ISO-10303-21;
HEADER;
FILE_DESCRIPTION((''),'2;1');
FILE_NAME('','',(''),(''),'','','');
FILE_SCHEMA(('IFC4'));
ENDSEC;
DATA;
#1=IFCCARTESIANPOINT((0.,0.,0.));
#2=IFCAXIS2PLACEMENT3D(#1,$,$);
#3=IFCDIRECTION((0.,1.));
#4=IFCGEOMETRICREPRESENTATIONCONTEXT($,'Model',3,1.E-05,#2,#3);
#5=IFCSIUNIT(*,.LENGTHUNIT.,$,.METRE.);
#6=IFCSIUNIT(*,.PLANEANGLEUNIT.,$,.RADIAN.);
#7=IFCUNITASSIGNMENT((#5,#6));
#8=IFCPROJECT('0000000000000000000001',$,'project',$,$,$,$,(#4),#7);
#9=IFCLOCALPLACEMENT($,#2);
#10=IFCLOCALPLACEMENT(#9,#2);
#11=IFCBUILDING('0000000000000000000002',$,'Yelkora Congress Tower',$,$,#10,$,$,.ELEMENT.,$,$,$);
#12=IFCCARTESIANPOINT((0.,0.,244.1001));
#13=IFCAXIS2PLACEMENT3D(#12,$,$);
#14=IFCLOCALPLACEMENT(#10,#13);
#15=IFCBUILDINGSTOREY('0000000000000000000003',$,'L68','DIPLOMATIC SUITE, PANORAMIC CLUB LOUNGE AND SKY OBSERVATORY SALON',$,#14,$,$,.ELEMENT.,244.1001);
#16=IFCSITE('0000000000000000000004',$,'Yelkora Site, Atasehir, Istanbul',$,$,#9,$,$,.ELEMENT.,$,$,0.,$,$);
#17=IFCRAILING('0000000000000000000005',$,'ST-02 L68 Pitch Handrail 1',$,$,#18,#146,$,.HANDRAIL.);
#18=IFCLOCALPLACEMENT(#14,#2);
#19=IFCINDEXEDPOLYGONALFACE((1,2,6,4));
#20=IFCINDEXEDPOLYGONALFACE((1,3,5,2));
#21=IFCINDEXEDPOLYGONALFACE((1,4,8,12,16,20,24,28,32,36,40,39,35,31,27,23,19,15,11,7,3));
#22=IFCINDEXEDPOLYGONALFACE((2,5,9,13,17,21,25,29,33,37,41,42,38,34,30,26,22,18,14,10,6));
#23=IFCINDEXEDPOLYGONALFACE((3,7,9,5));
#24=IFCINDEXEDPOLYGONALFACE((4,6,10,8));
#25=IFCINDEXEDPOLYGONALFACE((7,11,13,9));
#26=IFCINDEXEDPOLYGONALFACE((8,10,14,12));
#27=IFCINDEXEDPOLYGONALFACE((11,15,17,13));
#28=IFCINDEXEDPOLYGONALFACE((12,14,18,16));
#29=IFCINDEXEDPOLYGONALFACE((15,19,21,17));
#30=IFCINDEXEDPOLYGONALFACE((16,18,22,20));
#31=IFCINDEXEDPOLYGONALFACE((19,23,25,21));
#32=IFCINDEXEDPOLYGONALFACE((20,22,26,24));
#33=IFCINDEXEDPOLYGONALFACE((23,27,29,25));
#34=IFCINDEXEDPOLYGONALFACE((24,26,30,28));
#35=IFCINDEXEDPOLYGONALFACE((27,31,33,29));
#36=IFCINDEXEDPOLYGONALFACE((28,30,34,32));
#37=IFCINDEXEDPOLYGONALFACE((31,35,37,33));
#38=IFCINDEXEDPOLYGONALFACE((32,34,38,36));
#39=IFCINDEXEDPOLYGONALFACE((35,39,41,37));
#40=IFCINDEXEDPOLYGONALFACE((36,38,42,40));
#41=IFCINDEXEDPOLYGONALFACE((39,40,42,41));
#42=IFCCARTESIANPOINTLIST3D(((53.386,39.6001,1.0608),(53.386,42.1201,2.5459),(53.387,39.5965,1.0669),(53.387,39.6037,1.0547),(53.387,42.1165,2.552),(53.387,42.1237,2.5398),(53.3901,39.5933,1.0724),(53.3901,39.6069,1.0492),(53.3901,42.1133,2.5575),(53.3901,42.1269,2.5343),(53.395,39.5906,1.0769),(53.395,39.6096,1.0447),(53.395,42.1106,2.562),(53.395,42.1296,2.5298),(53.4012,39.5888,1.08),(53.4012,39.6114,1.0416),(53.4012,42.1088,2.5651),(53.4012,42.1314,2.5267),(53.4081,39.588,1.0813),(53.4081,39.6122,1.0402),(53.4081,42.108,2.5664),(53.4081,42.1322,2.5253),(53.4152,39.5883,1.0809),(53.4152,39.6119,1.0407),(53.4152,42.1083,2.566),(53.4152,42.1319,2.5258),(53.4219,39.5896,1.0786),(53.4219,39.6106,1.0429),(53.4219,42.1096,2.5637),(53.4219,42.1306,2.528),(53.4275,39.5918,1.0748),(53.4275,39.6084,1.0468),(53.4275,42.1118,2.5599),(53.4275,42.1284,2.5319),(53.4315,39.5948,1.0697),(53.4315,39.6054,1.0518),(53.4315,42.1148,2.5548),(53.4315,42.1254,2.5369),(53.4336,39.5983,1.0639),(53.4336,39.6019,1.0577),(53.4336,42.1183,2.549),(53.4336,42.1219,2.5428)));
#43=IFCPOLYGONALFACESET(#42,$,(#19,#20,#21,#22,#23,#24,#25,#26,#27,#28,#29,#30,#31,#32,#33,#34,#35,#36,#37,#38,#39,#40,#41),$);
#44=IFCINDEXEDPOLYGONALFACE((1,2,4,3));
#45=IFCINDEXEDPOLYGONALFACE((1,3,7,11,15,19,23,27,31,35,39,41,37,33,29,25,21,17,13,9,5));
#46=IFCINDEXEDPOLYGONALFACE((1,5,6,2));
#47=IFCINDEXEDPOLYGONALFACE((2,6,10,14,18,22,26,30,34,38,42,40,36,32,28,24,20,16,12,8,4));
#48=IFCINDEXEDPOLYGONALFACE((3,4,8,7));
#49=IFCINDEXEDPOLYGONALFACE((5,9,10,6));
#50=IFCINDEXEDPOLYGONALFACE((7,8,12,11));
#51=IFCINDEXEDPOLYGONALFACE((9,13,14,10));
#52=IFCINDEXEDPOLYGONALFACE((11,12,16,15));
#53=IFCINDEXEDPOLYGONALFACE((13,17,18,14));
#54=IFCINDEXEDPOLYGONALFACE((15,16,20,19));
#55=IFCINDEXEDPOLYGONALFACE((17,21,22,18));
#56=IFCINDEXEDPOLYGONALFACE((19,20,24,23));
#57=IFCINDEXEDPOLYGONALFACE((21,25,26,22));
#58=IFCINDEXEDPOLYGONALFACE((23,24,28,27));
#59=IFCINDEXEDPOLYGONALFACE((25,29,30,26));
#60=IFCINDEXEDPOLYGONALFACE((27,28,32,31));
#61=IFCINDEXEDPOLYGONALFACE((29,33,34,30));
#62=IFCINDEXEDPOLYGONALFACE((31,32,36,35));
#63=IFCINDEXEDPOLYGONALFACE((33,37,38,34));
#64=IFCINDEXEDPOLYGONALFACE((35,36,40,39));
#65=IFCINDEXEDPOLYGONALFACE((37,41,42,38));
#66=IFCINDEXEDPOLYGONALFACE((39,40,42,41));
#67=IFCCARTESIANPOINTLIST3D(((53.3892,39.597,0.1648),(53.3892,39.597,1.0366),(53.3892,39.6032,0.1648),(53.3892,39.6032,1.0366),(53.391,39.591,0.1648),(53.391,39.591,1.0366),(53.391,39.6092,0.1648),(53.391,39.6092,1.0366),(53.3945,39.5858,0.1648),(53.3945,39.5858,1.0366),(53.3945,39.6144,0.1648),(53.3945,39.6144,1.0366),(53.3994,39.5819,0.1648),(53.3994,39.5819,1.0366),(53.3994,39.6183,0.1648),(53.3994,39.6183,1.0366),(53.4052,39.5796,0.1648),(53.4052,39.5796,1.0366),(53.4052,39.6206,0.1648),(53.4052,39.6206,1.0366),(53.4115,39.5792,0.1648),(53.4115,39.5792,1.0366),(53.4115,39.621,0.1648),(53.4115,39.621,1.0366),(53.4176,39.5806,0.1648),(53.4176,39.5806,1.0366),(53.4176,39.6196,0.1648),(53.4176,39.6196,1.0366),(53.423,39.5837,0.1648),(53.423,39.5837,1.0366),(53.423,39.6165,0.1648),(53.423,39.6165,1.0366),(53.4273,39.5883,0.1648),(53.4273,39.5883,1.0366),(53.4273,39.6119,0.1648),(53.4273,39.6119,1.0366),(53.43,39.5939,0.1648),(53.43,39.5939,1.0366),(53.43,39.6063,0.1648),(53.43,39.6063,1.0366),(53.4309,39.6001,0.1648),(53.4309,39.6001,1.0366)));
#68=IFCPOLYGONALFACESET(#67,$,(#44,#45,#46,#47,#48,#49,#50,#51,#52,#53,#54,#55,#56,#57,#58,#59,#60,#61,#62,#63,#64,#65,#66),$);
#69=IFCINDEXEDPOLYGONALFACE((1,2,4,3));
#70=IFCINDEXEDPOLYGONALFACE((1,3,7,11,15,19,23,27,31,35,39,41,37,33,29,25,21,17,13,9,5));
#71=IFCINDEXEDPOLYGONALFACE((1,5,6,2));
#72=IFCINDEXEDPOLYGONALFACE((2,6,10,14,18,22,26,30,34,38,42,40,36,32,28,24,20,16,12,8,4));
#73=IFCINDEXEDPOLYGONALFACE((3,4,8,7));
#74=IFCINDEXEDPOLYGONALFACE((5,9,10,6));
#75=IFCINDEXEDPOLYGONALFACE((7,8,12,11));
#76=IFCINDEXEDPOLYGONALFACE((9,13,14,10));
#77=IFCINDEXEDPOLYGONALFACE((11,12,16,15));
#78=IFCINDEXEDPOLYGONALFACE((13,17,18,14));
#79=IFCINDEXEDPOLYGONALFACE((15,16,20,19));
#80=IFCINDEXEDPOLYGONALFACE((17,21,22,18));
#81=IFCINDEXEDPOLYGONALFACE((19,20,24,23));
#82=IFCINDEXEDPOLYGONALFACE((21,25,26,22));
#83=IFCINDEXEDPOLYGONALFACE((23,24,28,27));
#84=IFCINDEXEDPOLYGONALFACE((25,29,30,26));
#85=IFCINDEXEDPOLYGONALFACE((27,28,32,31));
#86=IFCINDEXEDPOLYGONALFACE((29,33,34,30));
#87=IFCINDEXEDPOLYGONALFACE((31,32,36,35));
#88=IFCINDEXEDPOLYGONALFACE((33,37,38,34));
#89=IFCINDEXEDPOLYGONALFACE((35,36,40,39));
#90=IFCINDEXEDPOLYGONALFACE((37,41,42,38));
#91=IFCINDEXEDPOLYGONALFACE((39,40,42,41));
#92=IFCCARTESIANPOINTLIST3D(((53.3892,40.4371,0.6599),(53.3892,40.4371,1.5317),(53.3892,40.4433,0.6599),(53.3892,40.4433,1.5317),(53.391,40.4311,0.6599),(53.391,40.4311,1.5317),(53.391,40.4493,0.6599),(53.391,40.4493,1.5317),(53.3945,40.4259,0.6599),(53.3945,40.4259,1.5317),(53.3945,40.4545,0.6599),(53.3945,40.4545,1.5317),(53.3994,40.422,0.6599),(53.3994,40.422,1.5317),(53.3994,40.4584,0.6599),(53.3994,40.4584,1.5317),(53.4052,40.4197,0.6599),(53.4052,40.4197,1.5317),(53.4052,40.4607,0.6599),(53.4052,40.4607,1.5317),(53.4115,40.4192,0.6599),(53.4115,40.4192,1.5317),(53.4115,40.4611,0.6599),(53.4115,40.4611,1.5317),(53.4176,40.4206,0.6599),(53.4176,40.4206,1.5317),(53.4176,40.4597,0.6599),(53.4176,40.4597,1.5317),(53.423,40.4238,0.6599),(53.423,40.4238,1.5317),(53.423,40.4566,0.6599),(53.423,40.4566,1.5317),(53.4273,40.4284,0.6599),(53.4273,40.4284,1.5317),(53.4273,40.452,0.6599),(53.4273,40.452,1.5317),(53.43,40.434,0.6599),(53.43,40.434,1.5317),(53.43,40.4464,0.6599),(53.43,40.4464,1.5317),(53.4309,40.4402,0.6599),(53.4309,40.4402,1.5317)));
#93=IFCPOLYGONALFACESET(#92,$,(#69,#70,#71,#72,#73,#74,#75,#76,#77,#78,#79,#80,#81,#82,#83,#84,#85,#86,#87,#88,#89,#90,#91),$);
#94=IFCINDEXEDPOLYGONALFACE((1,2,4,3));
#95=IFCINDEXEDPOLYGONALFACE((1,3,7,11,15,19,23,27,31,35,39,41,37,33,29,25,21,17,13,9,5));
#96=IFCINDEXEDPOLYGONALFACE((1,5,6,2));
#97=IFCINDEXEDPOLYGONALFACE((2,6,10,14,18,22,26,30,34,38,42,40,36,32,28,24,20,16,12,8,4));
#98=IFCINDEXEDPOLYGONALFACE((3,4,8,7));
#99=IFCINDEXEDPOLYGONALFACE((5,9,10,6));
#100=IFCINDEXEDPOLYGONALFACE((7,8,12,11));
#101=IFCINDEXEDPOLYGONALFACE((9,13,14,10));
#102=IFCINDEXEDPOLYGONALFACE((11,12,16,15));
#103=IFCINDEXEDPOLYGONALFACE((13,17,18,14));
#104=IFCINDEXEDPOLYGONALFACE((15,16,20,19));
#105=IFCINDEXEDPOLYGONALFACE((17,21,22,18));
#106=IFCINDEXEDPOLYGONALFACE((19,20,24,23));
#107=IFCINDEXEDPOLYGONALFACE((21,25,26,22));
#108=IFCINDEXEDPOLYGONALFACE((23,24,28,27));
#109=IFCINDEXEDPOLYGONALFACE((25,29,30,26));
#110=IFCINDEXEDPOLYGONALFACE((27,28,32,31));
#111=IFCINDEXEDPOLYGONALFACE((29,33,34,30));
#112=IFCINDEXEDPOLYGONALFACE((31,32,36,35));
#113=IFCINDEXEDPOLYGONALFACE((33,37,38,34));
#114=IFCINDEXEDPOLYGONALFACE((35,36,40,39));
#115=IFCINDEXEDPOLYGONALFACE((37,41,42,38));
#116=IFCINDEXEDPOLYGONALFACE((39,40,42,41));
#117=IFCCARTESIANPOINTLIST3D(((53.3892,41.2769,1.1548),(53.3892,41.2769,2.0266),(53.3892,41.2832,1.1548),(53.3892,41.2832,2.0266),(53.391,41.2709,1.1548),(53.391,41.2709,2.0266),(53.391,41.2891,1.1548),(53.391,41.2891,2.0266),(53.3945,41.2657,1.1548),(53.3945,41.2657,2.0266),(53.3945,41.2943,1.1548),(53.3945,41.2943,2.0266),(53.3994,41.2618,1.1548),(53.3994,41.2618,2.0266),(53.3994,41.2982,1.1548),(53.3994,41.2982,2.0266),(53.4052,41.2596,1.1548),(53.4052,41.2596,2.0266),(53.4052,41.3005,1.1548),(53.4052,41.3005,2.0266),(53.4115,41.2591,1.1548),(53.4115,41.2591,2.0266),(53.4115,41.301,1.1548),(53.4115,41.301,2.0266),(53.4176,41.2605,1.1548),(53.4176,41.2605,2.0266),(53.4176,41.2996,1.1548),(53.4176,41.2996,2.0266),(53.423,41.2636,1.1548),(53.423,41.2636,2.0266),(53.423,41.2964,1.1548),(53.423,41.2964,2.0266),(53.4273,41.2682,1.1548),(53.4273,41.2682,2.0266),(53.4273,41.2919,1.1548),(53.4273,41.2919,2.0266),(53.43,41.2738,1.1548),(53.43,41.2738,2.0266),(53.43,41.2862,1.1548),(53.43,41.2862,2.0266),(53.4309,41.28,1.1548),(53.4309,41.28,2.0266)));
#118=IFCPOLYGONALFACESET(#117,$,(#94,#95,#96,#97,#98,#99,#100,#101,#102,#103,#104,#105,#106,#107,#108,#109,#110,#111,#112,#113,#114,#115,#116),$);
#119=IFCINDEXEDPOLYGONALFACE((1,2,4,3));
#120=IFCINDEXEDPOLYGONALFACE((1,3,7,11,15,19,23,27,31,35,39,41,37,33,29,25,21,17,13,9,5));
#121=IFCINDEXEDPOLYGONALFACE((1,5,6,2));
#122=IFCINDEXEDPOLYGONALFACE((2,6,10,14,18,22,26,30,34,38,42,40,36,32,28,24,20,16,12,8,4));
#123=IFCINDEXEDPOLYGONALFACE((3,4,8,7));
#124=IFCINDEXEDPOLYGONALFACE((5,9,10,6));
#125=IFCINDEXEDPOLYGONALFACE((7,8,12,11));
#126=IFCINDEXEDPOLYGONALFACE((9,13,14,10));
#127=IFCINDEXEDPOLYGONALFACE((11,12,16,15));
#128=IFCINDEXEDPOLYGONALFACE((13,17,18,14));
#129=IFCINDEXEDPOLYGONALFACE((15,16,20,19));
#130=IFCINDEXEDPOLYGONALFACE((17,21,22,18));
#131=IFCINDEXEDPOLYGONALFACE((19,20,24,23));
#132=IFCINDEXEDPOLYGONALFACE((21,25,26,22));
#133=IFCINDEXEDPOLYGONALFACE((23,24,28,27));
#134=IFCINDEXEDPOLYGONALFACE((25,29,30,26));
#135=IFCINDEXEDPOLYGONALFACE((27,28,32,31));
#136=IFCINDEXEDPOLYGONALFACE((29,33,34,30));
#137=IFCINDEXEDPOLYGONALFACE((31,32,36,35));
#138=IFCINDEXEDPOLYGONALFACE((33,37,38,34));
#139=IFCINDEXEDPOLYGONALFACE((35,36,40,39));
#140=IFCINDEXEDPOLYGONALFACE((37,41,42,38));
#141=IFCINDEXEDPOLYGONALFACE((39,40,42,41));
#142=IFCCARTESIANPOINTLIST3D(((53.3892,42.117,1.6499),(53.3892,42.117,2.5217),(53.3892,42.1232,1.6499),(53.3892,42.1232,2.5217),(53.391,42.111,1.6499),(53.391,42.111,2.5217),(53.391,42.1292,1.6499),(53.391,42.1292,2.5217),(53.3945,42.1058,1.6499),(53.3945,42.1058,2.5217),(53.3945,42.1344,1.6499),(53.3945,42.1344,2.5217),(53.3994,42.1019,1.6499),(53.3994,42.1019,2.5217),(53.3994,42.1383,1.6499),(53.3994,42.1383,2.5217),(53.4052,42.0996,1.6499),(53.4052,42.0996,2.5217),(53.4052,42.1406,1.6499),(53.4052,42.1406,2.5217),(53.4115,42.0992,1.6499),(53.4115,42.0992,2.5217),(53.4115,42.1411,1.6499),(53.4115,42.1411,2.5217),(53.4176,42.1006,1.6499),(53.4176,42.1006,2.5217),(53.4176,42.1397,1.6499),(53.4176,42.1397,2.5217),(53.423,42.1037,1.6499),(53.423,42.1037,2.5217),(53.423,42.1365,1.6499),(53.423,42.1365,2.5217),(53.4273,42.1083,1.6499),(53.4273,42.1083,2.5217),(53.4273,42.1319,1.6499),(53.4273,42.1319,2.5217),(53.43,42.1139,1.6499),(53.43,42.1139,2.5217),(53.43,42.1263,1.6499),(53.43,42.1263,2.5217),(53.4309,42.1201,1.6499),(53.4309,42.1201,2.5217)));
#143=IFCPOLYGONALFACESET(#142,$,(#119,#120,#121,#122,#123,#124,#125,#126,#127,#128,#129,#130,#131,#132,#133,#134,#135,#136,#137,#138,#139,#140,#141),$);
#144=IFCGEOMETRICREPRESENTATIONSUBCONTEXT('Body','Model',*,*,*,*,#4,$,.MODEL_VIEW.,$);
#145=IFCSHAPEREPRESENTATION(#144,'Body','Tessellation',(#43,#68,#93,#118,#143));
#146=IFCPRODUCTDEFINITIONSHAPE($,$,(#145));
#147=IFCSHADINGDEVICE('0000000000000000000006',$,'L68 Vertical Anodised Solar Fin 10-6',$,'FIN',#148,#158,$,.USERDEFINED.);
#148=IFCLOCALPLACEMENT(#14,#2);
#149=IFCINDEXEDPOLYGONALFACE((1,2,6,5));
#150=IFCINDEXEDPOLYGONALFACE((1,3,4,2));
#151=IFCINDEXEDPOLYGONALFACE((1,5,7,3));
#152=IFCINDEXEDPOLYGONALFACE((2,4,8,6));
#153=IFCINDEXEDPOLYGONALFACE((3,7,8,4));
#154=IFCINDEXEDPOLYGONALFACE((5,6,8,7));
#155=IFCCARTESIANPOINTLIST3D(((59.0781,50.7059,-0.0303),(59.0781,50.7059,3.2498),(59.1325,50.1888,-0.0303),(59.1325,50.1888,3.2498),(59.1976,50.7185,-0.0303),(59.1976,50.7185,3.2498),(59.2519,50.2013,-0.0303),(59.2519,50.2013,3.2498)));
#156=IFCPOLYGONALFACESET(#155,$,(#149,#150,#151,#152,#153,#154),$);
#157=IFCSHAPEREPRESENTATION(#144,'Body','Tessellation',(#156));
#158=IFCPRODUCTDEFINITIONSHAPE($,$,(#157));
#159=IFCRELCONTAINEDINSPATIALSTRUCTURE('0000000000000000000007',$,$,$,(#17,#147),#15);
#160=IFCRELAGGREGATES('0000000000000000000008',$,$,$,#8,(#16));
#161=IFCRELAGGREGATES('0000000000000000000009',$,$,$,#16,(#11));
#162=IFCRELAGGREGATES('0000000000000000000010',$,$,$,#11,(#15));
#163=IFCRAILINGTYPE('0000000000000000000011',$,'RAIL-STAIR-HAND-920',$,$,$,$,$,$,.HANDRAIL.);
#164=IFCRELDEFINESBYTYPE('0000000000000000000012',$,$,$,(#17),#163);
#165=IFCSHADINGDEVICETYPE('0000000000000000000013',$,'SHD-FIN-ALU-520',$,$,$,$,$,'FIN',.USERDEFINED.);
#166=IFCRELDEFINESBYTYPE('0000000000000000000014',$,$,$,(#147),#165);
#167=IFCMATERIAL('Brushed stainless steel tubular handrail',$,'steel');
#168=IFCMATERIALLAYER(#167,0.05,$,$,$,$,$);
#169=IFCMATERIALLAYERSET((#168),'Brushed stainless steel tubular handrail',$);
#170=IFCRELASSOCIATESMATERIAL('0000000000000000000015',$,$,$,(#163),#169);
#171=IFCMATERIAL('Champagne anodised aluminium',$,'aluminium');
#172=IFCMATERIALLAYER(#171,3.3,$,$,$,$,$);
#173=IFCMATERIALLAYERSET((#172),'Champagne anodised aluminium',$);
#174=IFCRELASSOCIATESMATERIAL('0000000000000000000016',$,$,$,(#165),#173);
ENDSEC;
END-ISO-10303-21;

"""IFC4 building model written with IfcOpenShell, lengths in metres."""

from ifc_helpers import new_model, si_unit, direction, frame, origin, origin_2d, place, context, subcontext, project, spatial, rectangle, circle, extrude, material, layer, layer_set, type_object, element, save


model = new_model("IFC4")

# Units and contexts
model_context = context("Model", 3, precision=1e-05, world=origin(), true_north=direction((0.0, 1.0)))
body_context = subcontext(model_context, "Body", "Model", "MODEL_VIEW")
ifc_project = project(units=[si_unit("LENGTHUNIT", "METRE"), si_unit("PLANEANGLEUNIT", "RADIAN")], contexts=[model_context])

# Site, building, storey
site_placement = place(None, origin())
site = spatial("IfcSite", under=ifc_project, at=site_placement, Name="Yelkora Site, Atasehir, Istanbul", CompositionType="ELEMENT", RefElevation=0.0)
building_placement = place(site_placement, origin())
building = spatial("IfcBuilding", under=site, at=building_placement, Name="Yelkora Congress Tower", CompositionType="ELEMENT")
storey_placement = place(building_placement, frame((0.0, 0.0, 244.1001)))
storey = spatial("IfcBuildingStorey", under=building, at=storey_placement, Name="L68", Description="DIPLOMATIC SUITE, PANORAMIC CLUB LOUNGE AND SKY OBSERVATORY SALON", CompositionType="ELEMENT", Elevation=244.1001)

# Railing
ifc_material_1 = material(Name="Brushed stainless steel tubular handrail", Category="steel")
ifc_layer_1 = layer(ifc_material_1, 0.05)
ifc_layer_set_1 = layer_set([ifc_layer_1], Name="Brushed stainless steel tubular handrail")
railing_type_1 = type_object("IfcRailingType", Name="RAIL-STAIR-HAND-920", PredefinedType="HANDRAIL", material=ifc_layer_set_1)
railing_1_placement = place(storey_placement, frame((53.4099, 39.6001, 0.1648)))
element("IfcRailing", 1, at=railing_1_placement, inside=storey, type_object=railing_type_1, Name="ST-02 L68 Pitch Handrail 1", PredefinedType="HANDRAIL", context=body_context, shape_type="SweptSolid", body=[
    extrude(circle(Radius=0.0239, at=origin_2d()), frame((0.0, 0.0, 0.896), z_axis=(0.0, 0.861524, 0.507717), x_axis=(-1.0, 0.0, 0.0)), (0.0, 0.0, 1.0), 2.925),
    extrude(circle(Radius=0.021, at=origin_2d()), origin(), (0.0, 0.0, 1.0), 0.8718),
    extrude(circle(Radius=0.021, at=origin_2d()), frame((0.0, 0.8401, 0.4951)), (0.0, 0.0, 1.0), 0.8718),
    extrude(circle(Radius=0.021, at=origin_2d()), frame((0.0, 1.6799, 0.99)), (0.0, 0.0, 1.0), 0.8718),
    extrude(circle(Radius=0.021, at=origin_2d()), frame((0.0, 2.52, 1.4851)), (0.0, 0.0, 1.0), 0.8718),
])

# Shading device
ifc_material_2 = material(Name="Champagne anodised aluminium", Category="aluminium")
ifc_layer_2 = layer(ifc_material_2, 3.3)
ifc_layer_set_2 = layer_set([ifc_layer_2], Name="Champagne anodised aluminium")
shading_device_type = type_object("IfcShadingDeviceType", Name="SHD-FIN-ALU-520", ElementType="FIN", PredefinedType="USERDEFINED", material=ifc_layer_set_2)
shading_device_placement = place(storey_placement, frame((59.165, 50.4536, -0.0303), z_axis=(0.0, 0.0, 1.0), x_axis=(0.994522, 0.104528, 0.0)))
element("IfcShadingDevice", 2, at=shading_device_placement, inside=storey, type_object=shading_device_type, Name="L68 Vertical Anodised Solar Fin 10-6", ObjectType="FIN", PredefinedType="USERDEFINED", context=body_context, shape_type="SweptSolid", body=[
    extrude(rectangle(XDim=0.1201, YDim=0.52, at=origin_2d()), origin(), (0.0, 0.0, 1.0), 3.28),
])

save(model, "model.ifc")
